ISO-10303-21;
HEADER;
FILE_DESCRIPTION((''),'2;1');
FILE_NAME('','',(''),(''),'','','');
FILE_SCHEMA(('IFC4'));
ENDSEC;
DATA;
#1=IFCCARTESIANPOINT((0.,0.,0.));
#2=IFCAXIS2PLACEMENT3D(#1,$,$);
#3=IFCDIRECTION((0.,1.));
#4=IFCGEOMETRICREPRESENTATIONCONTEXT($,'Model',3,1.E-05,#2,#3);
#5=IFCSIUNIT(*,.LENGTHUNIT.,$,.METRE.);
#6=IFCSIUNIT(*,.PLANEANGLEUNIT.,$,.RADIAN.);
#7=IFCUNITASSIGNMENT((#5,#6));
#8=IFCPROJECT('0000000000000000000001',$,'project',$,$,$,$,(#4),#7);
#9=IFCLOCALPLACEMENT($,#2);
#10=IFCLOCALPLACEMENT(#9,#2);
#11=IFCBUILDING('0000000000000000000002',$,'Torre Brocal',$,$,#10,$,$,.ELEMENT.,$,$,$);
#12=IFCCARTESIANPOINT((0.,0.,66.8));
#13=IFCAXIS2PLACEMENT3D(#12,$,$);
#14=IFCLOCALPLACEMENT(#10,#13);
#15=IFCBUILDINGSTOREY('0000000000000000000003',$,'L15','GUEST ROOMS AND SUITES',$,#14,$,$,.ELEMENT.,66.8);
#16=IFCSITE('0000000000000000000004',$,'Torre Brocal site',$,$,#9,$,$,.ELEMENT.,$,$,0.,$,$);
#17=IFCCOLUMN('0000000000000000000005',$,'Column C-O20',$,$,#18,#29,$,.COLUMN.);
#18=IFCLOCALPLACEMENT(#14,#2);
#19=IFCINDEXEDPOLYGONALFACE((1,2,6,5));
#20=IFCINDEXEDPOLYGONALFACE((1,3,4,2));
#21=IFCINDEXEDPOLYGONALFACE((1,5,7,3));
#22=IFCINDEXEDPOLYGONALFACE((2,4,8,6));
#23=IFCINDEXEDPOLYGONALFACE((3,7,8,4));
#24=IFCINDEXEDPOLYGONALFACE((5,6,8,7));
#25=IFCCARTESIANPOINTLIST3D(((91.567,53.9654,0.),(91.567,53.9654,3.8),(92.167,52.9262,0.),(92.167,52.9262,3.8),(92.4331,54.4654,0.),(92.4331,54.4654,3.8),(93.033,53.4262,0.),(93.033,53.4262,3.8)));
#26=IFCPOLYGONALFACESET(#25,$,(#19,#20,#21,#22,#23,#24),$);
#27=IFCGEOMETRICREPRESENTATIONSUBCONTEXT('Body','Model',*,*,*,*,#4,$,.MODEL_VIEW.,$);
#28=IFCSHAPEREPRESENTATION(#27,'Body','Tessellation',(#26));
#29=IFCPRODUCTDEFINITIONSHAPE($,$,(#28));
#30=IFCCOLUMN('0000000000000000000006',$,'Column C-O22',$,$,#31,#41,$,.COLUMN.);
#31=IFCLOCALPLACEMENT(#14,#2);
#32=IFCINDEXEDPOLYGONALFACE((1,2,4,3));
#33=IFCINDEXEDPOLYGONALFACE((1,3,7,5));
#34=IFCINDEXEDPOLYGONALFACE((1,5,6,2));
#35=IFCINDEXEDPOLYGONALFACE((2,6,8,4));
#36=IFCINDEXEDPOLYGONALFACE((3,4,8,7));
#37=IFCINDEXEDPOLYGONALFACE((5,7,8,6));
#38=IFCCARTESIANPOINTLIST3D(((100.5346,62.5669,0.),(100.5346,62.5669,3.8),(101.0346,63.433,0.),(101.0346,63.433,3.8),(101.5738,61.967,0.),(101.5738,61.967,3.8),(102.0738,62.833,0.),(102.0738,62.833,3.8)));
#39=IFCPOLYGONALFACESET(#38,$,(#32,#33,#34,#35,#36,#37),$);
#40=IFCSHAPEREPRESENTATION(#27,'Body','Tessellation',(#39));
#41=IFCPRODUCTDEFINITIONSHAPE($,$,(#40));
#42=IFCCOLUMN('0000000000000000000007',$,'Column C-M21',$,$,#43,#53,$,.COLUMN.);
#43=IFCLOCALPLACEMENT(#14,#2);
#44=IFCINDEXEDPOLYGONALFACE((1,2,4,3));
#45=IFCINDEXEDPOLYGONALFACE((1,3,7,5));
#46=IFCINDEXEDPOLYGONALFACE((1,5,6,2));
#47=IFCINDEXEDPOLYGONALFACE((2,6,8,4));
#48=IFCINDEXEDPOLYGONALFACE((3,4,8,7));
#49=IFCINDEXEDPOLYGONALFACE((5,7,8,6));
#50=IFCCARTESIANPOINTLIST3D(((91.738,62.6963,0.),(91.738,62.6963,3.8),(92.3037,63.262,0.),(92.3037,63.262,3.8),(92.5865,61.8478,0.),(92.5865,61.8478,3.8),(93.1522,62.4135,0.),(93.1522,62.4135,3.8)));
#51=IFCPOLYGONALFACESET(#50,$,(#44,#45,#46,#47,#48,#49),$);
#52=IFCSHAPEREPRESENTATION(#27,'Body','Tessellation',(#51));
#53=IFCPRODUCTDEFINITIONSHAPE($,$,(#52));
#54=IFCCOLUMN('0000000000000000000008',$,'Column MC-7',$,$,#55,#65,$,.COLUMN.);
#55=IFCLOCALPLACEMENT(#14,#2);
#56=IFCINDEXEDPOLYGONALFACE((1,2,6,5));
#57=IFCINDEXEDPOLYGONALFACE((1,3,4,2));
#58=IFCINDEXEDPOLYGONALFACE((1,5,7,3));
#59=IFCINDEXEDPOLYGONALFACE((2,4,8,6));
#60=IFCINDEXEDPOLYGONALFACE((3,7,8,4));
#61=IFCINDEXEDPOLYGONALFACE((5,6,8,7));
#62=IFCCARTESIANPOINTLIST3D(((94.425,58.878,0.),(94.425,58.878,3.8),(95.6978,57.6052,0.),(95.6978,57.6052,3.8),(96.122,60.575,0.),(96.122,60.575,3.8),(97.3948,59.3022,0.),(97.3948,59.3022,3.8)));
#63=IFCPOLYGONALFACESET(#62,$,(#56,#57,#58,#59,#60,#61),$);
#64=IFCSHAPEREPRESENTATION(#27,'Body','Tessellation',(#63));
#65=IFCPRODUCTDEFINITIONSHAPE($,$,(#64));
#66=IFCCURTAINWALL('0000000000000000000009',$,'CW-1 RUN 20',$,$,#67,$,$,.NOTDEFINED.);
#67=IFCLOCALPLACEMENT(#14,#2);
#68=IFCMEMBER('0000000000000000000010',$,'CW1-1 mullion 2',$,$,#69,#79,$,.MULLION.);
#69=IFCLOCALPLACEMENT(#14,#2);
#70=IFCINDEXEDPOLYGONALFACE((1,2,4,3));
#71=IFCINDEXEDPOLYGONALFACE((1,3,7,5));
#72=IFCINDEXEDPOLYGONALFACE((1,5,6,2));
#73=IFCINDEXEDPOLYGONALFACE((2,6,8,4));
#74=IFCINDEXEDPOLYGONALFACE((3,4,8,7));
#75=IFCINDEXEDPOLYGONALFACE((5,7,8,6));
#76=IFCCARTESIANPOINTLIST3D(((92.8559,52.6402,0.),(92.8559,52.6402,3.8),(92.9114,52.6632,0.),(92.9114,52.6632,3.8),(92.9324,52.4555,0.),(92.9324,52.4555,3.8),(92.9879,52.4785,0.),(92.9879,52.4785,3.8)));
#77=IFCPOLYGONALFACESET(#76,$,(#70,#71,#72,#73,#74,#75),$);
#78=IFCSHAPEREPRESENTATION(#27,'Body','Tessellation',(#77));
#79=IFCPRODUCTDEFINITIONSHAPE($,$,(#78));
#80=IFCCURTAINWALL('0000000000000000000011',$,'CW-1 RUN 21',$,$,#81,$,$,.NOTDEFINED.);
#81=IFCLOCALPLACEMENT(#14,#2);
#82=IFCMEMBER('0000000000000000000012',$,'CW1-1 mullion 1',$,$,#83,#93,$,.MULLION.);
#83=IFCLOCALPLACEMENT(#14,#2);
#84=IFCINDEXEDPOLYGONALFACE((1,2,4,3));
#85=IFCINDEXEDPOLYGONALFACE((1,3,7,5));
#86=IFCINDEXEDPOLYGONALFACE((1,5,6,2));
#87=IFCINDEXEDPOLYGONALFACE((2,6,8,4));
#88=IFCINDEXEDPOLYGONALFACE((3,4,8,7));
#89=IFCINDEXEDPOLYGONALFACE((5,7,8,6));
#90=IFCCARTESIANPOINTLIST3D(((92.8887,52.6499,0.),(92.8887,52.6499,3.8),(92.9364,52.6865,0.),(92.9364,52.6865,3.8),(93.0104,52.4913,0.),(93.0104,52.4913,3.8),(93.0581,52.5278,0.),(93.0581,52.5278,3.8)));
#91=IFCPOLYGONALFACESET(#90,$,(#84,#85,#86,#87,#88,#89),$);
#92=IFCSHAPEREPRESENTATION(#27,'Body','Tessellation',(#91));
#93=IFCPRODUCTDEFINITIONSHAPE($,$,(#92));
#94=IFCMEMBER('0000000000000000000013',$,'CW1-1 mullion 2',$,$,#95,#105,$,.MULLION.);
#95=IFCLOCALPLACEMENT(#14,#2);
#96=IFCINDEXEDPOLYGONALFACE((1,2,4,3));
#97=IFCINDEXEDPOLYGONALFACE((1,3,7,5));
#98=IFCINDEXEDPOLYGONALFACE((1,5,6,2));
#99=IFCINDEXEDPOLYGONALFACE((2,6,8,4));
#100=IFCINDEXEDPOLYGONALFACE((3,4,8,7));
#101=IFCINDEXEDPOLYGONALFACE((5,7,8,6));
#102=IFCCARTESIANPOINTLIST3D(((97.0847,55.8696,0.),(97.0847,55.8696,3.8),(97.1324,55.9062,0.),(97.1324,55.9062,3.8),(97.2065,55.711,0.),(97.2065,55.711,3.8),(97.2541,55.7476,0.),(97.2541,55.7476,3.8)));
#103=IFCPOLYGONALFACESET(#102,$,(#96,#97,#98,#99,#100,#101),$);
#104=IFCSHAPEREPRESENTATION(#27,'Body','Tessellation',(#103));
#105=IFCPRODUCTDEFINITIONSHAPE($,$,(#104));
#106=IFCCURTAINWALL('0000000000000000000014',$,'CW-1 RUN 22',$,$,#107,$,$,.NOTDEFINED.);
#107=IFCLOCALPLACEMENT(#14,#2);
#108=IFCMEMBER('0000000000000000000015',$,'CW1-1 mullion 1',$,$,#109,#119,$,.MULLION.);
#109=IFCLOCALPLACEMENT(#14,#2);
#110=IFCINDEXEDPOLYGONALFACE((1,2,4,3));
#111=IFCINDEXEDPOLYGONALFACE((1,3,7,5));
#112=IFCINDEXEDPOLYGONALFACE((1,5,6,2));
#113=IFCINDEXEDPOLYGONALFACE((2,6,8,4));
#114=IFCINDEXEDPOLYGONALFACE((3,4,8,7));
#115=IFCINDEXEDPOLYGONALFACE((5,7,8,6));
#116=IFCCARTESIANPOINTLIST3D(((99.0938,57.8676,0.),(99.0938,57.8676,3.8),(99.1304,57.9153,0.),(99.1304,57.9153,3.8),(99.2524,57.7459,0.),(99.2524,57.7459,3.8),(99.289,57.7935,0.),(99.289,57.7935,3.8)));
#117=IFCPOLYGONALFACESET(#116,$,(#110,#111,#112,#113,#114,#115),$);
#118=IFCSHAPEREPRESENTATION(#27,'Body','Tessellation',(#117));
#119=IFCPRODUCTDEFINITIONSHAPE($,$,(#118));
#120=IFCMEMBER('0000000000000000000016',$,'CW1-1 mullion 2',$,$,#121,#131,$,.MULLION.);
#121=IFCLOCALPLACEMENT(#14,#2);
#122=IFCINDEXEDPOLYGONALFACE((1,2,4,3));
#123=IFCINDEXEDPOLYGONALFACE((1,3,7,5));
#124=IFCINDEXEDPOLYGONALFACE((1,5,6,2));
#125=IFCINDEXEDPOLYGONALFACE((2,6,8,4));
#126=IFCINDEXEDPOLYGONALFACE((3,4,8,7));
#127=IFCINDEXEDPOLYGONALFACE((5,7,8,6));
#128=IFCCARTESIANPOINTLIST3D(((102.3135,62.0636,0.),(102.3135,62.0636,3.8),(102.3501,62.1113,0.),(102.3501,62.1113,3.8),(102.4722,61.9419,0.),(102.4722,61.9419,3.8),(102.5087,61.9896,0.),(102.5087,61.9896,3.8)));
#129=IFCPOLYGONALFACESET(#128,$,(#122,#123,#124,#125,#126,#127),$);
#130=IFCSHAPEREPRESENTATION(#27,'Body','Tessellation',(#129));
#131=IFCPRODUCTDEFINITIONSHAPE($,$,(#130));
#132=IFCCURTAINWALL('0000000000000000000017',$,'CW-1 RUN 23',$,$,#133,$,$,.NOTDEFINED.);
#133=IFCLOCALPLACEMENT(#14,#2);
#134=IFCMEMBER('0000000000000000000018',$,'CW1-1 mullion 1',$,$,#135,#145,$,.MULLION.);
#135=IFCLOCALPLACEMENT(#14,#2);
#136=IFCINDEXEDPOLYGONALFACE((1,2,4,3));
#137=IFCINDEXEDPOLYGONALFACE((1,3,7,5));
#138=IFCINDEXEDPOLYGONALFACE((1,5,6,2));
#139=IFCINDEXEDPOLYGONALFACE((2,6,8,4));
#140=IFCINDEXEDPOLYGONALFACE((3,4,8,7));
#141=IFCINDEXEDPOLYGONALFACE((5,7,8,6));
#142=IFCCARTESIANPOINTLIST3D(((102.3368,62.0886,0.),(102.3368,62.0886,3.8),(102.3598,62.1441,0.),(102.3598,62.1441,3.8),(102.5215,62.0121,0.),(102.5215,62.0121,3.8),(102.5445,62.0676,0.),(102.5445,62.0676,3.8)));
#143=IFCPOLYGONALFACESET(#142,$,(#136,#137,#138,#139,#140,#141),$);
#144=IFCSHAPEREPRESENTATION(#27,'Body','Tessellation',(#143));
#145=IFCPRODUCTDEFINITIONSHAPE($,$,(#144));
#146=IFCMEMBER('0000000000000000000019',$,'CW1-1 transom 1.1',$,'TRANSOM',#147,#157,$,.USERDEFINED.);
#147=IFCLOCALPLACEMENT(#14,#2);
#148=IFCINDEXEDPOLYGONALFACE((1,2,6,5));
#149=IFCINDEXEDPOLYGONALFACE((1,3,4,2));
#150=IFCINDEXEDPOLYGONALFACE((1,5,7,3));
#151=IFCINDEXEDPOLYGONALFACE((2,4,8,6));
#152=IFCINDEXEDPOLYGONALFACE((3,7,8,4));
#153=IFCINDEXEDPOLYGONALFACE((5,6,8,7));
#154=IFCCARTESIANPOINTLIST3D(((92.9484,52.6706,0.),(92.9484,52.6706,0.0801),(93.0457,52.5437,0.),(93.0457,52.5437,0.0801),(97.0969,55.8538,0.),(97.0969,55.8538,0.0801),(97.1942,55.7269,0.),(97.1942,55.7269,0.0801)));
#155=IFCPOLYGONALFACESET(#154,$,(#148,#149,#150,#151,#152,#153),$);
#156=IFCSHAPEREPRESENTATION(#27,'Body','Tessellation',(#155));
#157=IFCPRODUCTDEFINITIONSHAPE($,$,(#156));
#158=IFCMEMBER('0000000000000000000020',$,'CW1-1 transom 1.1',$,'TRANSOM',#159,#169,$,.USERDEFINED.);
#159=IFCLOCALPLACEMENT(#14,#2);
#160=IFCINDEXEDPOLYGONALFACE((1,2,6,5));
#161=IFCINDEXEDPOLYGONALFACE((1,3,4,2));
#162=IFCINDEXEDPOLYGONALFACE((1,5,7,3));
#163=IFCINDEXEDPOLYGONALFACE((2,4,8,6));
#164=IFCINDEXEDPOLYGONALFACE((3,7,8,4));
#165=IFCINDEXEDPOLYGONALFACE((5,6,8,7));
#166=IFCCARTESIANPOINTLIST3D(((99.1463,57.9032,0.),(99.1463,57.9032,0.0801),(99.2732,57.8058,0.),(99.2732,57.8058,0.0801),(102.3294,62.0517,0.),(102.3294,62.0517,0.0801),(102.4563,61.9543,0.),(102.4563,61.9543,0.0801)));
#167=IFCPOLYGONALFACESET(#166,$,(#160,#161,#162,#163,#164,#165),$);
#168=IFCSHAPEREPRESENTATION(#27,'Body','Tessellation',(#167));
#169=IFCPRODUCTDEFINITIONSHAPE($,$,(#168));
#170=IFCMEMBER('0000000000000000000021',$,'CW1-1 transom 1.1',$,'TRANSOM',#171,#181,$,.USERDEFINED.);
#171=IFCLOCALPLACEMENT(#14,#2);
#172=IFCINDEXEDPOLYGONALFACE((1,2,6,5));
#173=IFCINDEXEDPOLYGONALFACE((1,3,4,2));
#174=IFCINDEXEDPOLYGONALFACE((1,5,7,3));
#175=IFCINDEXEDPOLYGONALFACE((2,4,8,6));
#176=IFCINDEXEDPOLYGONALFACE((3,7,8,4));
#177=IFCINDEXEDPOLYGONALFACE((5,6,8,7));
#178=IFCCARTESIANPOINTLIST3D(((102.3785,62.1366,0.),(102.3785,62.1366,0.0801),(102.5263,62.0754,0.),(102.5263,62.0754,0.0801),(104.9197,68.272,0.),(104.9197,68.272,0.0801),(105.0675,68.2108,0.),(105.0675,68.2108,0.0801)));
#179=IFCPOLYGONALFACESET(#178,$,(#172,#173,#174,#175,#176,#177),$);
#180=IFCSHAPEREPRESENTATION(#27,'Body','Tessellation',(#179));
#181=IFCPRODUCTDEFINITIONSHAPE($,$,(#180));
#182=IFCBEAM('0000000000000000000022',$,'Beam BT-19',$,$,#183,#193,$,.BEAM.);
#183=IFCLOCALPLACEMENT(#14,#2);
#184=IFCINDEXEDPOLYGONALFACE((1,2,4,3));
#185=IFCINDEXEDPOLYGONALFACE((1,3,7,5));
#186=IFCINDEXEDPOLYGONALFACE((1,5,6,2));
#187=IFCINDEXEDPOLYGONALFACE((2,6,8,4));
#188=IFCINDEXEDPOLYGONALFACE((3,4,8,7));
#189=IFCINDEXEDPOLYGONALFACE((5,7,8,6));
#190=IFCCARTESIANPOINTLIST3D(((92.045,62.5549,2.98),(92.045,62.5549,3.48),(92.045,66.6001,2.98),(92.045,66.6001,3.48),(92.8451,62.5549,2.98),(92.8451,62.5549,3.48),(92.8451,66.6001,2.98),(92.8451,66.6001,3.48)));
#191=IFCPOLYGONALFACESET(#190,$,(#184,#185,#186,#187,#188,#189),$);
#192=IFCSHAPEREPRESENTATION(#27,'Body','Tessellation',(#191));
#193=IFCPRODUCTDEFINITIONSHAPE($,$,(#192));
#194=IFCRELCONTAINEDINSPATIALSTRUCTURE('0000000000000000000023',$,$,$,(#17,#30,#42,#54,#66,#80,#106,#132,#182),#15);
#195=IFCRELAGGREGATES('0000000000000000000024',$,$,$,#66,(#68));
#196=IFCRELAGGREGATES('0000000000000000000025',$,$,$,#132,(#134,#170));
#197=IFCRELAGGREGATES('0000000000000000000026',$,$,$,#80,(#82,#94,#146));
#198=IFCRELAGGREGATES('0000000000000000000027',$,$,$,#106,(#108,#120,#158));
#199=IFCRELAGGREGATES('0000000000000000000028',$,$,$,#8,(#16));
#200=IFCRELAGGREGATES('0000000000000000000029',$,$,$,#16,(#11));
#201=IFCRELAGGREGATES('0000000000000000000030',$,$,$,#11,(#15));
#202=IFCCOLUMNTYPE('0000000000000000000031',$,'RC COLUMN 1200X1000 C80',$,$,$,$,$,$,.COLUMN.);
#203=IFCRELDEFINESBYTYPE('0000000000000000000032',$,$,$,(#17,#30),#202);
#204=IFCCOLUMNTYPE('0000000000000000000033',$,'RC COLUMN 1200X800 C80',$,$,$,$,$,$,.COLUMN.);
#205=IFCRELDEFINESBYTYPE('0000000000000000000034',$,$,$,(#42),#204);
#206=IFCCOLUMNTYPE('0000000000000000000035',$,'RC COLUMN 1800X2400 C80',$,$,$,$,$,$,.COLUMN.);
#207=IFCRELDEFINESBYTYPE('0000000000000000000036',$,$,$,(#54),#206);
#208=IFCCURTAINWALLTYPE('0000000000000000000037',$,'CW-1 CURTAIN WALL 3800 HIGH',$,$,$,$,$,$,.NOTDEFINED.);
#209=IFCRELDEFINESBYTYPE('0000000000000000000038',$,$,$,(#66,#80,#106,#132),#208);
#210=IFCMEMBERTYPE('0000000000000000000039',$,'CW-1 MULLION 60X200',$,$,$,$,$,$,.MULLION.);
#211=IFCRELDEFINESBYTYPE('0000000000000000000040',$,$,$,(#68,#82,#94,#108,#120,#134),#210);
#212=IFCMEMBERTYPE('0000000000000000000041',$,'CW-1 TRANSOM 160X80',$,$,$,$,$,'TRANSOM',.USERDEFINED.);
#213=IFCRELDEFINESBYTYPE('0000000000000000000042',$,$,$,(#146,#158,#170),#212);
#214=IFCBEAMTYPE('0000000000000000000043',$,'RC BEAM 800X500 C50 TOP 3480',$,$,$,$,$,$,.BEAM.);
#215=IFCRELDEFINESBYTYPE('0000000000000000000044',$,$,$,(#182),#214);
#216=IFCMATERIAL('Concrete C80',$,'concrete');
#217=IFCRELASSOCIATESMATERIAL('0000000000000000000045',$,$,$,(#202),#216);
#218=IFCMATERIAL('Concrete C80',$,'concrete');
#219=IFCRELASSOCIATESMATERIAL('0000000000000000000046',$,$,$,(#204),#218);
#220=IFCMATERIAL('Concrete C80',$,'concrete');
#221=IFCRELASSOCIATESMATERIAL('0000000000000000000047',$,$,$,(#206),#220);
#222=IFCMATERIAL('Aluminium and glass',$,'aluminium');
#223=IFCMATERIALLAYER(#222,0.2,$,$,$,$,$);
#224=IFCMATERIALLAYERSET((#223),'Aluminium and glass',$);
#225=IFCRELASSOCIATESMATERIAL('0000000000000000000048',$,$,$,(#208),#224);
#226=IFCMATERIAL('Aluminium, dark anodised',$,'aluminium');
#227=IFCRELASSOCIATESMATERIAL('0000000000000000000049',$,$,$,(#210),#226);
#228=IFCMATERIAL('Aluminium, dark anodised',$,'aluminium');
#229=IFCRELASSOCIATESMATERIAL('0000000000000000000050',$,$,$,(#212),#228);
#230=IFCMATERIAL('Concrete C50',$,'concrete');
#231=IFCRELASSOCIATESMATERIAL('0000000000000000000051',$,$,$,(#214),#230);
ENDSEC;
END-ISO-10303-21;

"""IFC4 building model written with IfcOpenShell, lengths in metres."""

from ifc_helpers import new_model, si_unit, direction, frame, origin, origin_2d, place, context, subcontext, project, spatial, rectangle, extrude, material, layer, layer_set, material_profile, profile_set, type_object, element, aggregate, save


model = new_model("IFC4")

# Units and contexts
model_context = context("Model", 3, precision=1e-05, world=origin(), true_north=direction((0.0, 1.0)))
body_context = subcontext(model_context, "Body", "Model", "MODEL_VIEW")
ifc_project = project(units=[si_unit("LENGTHUNIT", "METRE"), si_unit("PLANEANGLEUNIT", "RADIAN")], contexts=[model_context])

# Site, building, storey
site_placement = place(None, origin())
site = spatial("IfcSite", under=ifc_project, at=site_placement, Name="Torre Brocal site", CompositionType="ELEMENT", RefElevation=0.0)
building_placement = place(site_placement, origin())
building = spatial("IfcBuilding", under=site, at=building_placement, Name="Torre Brocal", CompositionType="ELEMENT")
storey_placement = place(building_placement, frame((0.0, 0.0, 66.8)))
storey = spatial("IfcBuildingStorey", under=building, at=storey_placement, Name="L15", Description="GUEST ROOMS AND SUITES", CompositionType="ELEMENT", Elevation=66.8)

# Columns
ifc_material_1 = material(Name="Concrete C80", Category="concrete")
ifc_material_profile_1 = material_profile(ifc_material_1, rectangle(XDim=1.2, YDim=1.0, at=origin_2d()), Name="RC 1200X1000")
ifc_profile_set_1 = profile_set([ifc_material_profile_1], Name="Concrete C80")
column_type_1 = type_object("IfcColumnType", Name="RC COLUMN 1200X1000 C80", PredefinedType="COLUMN", material=ifc_profile_set_1)
for number, where, z_axis, x_axis, name in (
    (1, (92.3, 53.6958, 0.0), (0.0, 0.0, 1.0), (0.5, -0.866025, 0.0), "Column C-O20"),
    (2, (101.3042, 62.7, 0.0), (0.0, 0.0, 1.0), (0.866025, -0.5, 0.0), "Column C-O22"),
):
    element("IfcColumn", number, at=place(storey_placement, frame(where, z_axis=z_axis, x_axis=x_axis)), inside=storey, type_object=column_type_1, Name=name, PredefinedType="COLUMN", context=body_context, shape_type="SweptSolid", body=[
        extrude(rectangle(XDim=1.2, YDim=1.0, at=origin_2d()), origin(), (0.0, 0.0, 1.0), 3.8),
    ])
ifc_material_2 = material(Name="Concrete C80", Category="concrete")
ifc_material_profile_2 = material_profile(ifc_material_2, rectangle(XDim=1.2, YDim=0.8, at=origin_2d()), Name="RC 1200X800")
ifc_profile_set_2 = profile_set([ifc_material_profile_2], Name="Concrete C80")
column_type_2 = type_object("IfcColumnType", Name="RC COLUMN 1200X800 C80", PredefinedType="COLUMN", material=ifc_profile_set_2)
column_1_placement = place(storey_placement, frame((92.4451, 62.5549, 0.0), z_axis=(0.0, 0.0, 1.0), x_axis=(0.707107, -0.707107, 0.0)))
element("IfcColumn", 3, at=column_1_placement, inside=storey, type_object=column_type_2, Name="Column C-M21", PredefinedType="COLUMN", context=body_context, shape_type="SweptSolid", body=[
    extrude(rectangle(XDim=1.2, YDim=0.8, at=origin_2d()), origin(), (0.0, 0.0, 1.0), 3.8),
])
ifc_material_3 = material(Name="Concrete C80", Category="concrete")
ifc_material_profile_3 = material_profile(ifc_material_3, rectangle(XDim=1.8, YDim=2.3999, at=origin_2d()), Name="RC 1800X2400")
ifc_profile_set_3 = profile_set([ifc_material_profile_3], Name="Concrete C80")
column_type_3 = type_object("IfcColumnType", Name="RC COLUMN 1800X2400 C80", PredefinedType="COLUMN", material=ifc_profile_set_3)
column_2_placement = place(storey_placement, frame((95.9099, 59.0901, 0.0), z_axis=(0.0, 0.0, 1.0), x_axis=(0.707107, -0.707107, 0.0)))
element("IfcColumn", 4, at=column_2_placement, inside=storey, type_object=column_type_3, Name="Column MC-7", PredefinedType="COLUMN", context=body_context, shape_type="SweptSolid", body=[
    extrude(rectangle(XDim=1.8, YDim=2.3999, at=origin_2d()), origin(), (0.0, 0.0, 1.0), 3.8),
])

# Curtain wall, member
ifc_material_4 = material(Name="Aluminium and glass", Category="aluminium")
ifc_layer_1 = layer(ifc_material_4, 0.2)
ifc_layer_set_1 = layer_set([ifc_layer_1], Name="Aluminium and glass")
curtain_wall_type = type_object("IfcCurtainWallType", Name="CW-1 CURTAIN WALL 3800 HIGH", PredefinedType="NOTDEFINED", material=ifc_layer_set_1)
curtain_wall_1_placement = place(storey_placement, origin())
curtain_wall_1 = element("IfcCurtainWall", 5, at=curtain_wall_1_placement, inside=storey, type_object=curtain_wall_type, Name="CW-1 RUN 20", PredefinedType="NOTDEFINED")
ifc_material_5 = material(Name="Aluminium, dark anodised", Category="aluminium")
ifc_material_profile_4 = material_profile(ifc_material_5, rectangle(XDim=0.2, YDim=0.0601, at=origin_2d()), Name="CW-1 MULLION 60X200")
ifc_profile_set_4 = profile_set([ifc_material_profile_4], Name="Aluminium, dark anodised")
member_type_1 = type_object("IfcMemberType", Name="CW-1 MULLION 60X200", PredefinedType="MULLION", material=ifc_profile_set_4)
member_1_placement = place(storey_placement, frame((92.9219, 52.5593, 0.0), z_axis=(0.0, 0.0, 1.0), x_axis=(-0.382683, 0.92388, 0.0)))
member_1 = element("IfcMember", 6, at=member_1_placement, type_object=member_type_1, Name="CW1-1 mullion 2", PredefinedType="MULLION", context=body_context, shape_type="SweptSolid", body=[
    extrude(rectangle(XDim=0.2, YDim=0.0601, at=origin_2d()), origin(), (0.0, 0.0, 1.0), 3.8),
])
aggregate(curtain_wall_1, [member_1])

# Curtain walls, members
curtain_wall_2_placement = place(storey_placement, origin())
curtain_wall_2 = element("IfcCurtainWall", 7, at=curtain_wall_2_placement, inside=storey, type_object=curtain_wall_type, Name="CW-1 RUN 21", PredefinedType="NOTDEFINED")
member_2_placement = place(storey_placement, frame((92.9734, 52.5889, 0.0), z_axis=(0.0, 0.0, 1.0), x_axis=(-0.608761, 0.793353, 0.0)))
member_2 = element("IfcMember", 8, at=member_2_placement, type_object=member_type_1, Name="CW1-1 mullion 1", PredefinedType="MULLION", context=body_context, shape_type="SweptSolid", body=[
    extrude(rectangle(XDim=0.2, YDim=0.0601, at=origin_2d()), origin(), (0.0, 0.0, 1.0), 3.8),
])
member_3_placement = place(storey_placement, frame((97.1694, 55.8086, 0.0), z_axis=(0.0, 0.0, 1.0), x_axis=(-0.608761, 0.793353, 0.0)))
member_3 = element("IfcMember", 9, at=member_3_placement, type_object=member_type_1, Name="CW1-1 mullion 2", PredefinedType="MULLION", context=body_context, shape_type="SweptSolid", body=[
    extrude(rectangle(XDim=0.2, YDim=0.0601, at=origin_2d()), origin(), (0.0, 0.0, 1.0), 3.8),
])
curtain_wall_3_placement = place(storey_placement, origin())
curtain_wall_3 = element("IfcCurtainWall", 10, at=curtain_wall_3_placement, inside=storey, type_object=curtain_wall_type, Name="CW-1 RUN 22", PredefinedType="NOTDEFINED")
member_4_placement = place(storey_placement, frame((99.1914, 57.8306, 0.0), z_axis=(0.0, 0.0, 1.0), x_axis=(-0.793353, 0.608761, 0.0)))
member_4 = element("IfcMember", 11, at=member_4_placement, type_object=member_type_1, Name="CW1-1 mullion 1", PredefinedType="MULLION", context=body_context, shape_type="SweptSolid", body=[
    extrude(rectangle(XDim=0.2, YDim=0.0601, at=origin_2d()), origin(), (0.0, 0.0, 1.0), 3.8),
])
member_5_placement = place(storey_placement, frame((102.4111, 62.0266, 0.0), z_axis=(0.0, 0.0, 1.0), x_axis=(-0.793353, 0.608761, 0.0)))
member_5 = element("IfcMember", 12, at=member_5_placement, type_object=member_type_1, Name="CW1-1 mullion 2", PredefinedType="MULLION", context=body_context, shape_type="SweptSolid", body=[
    extrude(rectangle(XDim=0.2, YDim=0.0601, at=origin_2d()), origin(), (0.0, 0.0, 1.0), 3.8),
])

# Curtain wall, member
curtain_wall_4_placement = place(storey_placement, origin())
curtain_wall_4 = element("IfcCurtainWall", 13, at=curtain_wall_4_placement, inside=storey, type_object=curtain_wall_type, Name="CW-1 RUN 23", PredefinedType="NOTDEFINED")
member_6_placement = place(storey_placement, frame((102.4407, 62.0781, 0.0), z_axis=(0.0, 0.0, 1.0), x_axis=(-0.92388, 0.382683, 0.0)))
member_6 = element("IfcMember", 14, at=member_6_placement, type_object=member_type_1, Name="CW1-1 mullion 1", PredefinedType="MULLION", context=body_context, shape_type="SweptSolid", body=[
    extrude(rectangle(XDim=0.2, YDim=0.0601, at=origin_2d()), origin(), (0.0, 0.0, 1.0), 3.8),
])

# Members
ifc_material_6 = material(Name="Aluminium, dark anodised", Category="aluminium")
ifc_material_profile_5 = material_profile(ifc_material_6, rectangle(XDim=0.1599, YDim=0.0801, at=origin_2d()), Name="CW-1 TRANSOM 160X80")
ifc_profile_set_5 = profile_set([ifc_material_profile_5], Name="Aluminium, dark anodised")
member_type_2 = type_object("IfcMemberType", Name="CW-1 TRANSOM 160X80", ElementType="TRANSOM", PredefinedType="USERDEFINED", material=ifc_profile_set_5)
member_7_placement = place(storey_placement, frame((92.9971, 52.6072, 0.04), z_axis=(0.793363, 0.608749, 0.0), x_axis=(-0.608749, 0.793363, 0.0)))
member_7 = element("IfcMember", 15, at=member_7_placement, type_object=member_type_2, Name="CW1-1 transom 1.1", ObjectType="TRANSOM", PredefinedType="USERDEFINED", context=body_context, shape_type="SweptSolid", body=[
    extrude(rectangle(XDim=0.1599, YDim=0.0801, at=origin_2d()), origin(), (0.0, 0.0, 1.0), 5.229),
])
member_8_placement = place(storey_placement, frame((99.2097, 57.8545, 0.04), z_axis=(0.608749, 0.793363, 0.0), x_axis=(-0.793363, 0.608749, 0.0)))
member_8 = element("IfcMember", 16, at=member_8_placement, type_object=member_type_2, Name="CW1-1 transom 1.1", ObjectType="TRANSOM", PredefinedType="USERDEFINED", context=body_context, shape_type="SweptSolid", body=[
    extrude(rectangle(XDim=0.1599, YDim=0.0801, at=origin_2d()), origin(), (0.0, 0.0, 1.0), 5.229),
])
member_9_placement = place(storey_placement, frame((102.4524, 62.106, 0.04), z_axis=(0.382665, 0.923887, 0.0), x_axis=(-0.923887, 0.382665, 0.0)))
member_9 = element("IfcMember", 17, at=member_9_placement, type_object=member_type_2, Name="CW1-1 transom 1.1", ObjectType="TRANSOM", PredefinedType="USERDEFINED", context=body_context, shape_type="SweptSolid", body=[
    extrude(rectangle(XDim=0.1599, YDim=0.0801, at=origin_2d()), origin(), (0.0, 0.0, 1.0), 6.6409),
])
aggregate(curtain_wall_4, [member_6, member_9])

# Beam
ifc_material_7 = material(Name="Concrete C50", Category="concrete")
ifc_material_profile_6 = material_profile(ifc_material_7, rectangle(XDim=0.8, YDim=0.5, at=origin_2d()), Name="RC 800X500")
ifc_profile_set_6 = profile_set([ifc_material_profile_6], Name="Concrete C50")
beam_type_1 = type_object("IfcBeamType", Name="RC BEAM 800X500 C50 TOP 3480", PredefinedType="BEAM", material=ifc_profile_set_6)
beam_placement = place(storey_placement, frame((92.4451, 62.5549, 3.23), z_axis=(0.0, 1.0, 0.0), x_axis=(-1.0, 0.0, 0.0)))
element("IfcBeam", 18, at=beam_placement, inside=storey, type_object=beam_type_1, Name="Beam BT-19", PredefinedType="BEAM", context=body_context, shape_type="SweptSolid", body=[
    extrude(rectangle(XDim=0.8, YDim=0.5, at=origin_2d()), origin(), (0.0, 0.0, 1.0), 4.0452),
])

aggregate(curtain_wall_2, [member_2, member_3, member_7])
aggregate(curtain_wall_3, [member_4, member_5, member_8])

save(model, "model.ifc")
